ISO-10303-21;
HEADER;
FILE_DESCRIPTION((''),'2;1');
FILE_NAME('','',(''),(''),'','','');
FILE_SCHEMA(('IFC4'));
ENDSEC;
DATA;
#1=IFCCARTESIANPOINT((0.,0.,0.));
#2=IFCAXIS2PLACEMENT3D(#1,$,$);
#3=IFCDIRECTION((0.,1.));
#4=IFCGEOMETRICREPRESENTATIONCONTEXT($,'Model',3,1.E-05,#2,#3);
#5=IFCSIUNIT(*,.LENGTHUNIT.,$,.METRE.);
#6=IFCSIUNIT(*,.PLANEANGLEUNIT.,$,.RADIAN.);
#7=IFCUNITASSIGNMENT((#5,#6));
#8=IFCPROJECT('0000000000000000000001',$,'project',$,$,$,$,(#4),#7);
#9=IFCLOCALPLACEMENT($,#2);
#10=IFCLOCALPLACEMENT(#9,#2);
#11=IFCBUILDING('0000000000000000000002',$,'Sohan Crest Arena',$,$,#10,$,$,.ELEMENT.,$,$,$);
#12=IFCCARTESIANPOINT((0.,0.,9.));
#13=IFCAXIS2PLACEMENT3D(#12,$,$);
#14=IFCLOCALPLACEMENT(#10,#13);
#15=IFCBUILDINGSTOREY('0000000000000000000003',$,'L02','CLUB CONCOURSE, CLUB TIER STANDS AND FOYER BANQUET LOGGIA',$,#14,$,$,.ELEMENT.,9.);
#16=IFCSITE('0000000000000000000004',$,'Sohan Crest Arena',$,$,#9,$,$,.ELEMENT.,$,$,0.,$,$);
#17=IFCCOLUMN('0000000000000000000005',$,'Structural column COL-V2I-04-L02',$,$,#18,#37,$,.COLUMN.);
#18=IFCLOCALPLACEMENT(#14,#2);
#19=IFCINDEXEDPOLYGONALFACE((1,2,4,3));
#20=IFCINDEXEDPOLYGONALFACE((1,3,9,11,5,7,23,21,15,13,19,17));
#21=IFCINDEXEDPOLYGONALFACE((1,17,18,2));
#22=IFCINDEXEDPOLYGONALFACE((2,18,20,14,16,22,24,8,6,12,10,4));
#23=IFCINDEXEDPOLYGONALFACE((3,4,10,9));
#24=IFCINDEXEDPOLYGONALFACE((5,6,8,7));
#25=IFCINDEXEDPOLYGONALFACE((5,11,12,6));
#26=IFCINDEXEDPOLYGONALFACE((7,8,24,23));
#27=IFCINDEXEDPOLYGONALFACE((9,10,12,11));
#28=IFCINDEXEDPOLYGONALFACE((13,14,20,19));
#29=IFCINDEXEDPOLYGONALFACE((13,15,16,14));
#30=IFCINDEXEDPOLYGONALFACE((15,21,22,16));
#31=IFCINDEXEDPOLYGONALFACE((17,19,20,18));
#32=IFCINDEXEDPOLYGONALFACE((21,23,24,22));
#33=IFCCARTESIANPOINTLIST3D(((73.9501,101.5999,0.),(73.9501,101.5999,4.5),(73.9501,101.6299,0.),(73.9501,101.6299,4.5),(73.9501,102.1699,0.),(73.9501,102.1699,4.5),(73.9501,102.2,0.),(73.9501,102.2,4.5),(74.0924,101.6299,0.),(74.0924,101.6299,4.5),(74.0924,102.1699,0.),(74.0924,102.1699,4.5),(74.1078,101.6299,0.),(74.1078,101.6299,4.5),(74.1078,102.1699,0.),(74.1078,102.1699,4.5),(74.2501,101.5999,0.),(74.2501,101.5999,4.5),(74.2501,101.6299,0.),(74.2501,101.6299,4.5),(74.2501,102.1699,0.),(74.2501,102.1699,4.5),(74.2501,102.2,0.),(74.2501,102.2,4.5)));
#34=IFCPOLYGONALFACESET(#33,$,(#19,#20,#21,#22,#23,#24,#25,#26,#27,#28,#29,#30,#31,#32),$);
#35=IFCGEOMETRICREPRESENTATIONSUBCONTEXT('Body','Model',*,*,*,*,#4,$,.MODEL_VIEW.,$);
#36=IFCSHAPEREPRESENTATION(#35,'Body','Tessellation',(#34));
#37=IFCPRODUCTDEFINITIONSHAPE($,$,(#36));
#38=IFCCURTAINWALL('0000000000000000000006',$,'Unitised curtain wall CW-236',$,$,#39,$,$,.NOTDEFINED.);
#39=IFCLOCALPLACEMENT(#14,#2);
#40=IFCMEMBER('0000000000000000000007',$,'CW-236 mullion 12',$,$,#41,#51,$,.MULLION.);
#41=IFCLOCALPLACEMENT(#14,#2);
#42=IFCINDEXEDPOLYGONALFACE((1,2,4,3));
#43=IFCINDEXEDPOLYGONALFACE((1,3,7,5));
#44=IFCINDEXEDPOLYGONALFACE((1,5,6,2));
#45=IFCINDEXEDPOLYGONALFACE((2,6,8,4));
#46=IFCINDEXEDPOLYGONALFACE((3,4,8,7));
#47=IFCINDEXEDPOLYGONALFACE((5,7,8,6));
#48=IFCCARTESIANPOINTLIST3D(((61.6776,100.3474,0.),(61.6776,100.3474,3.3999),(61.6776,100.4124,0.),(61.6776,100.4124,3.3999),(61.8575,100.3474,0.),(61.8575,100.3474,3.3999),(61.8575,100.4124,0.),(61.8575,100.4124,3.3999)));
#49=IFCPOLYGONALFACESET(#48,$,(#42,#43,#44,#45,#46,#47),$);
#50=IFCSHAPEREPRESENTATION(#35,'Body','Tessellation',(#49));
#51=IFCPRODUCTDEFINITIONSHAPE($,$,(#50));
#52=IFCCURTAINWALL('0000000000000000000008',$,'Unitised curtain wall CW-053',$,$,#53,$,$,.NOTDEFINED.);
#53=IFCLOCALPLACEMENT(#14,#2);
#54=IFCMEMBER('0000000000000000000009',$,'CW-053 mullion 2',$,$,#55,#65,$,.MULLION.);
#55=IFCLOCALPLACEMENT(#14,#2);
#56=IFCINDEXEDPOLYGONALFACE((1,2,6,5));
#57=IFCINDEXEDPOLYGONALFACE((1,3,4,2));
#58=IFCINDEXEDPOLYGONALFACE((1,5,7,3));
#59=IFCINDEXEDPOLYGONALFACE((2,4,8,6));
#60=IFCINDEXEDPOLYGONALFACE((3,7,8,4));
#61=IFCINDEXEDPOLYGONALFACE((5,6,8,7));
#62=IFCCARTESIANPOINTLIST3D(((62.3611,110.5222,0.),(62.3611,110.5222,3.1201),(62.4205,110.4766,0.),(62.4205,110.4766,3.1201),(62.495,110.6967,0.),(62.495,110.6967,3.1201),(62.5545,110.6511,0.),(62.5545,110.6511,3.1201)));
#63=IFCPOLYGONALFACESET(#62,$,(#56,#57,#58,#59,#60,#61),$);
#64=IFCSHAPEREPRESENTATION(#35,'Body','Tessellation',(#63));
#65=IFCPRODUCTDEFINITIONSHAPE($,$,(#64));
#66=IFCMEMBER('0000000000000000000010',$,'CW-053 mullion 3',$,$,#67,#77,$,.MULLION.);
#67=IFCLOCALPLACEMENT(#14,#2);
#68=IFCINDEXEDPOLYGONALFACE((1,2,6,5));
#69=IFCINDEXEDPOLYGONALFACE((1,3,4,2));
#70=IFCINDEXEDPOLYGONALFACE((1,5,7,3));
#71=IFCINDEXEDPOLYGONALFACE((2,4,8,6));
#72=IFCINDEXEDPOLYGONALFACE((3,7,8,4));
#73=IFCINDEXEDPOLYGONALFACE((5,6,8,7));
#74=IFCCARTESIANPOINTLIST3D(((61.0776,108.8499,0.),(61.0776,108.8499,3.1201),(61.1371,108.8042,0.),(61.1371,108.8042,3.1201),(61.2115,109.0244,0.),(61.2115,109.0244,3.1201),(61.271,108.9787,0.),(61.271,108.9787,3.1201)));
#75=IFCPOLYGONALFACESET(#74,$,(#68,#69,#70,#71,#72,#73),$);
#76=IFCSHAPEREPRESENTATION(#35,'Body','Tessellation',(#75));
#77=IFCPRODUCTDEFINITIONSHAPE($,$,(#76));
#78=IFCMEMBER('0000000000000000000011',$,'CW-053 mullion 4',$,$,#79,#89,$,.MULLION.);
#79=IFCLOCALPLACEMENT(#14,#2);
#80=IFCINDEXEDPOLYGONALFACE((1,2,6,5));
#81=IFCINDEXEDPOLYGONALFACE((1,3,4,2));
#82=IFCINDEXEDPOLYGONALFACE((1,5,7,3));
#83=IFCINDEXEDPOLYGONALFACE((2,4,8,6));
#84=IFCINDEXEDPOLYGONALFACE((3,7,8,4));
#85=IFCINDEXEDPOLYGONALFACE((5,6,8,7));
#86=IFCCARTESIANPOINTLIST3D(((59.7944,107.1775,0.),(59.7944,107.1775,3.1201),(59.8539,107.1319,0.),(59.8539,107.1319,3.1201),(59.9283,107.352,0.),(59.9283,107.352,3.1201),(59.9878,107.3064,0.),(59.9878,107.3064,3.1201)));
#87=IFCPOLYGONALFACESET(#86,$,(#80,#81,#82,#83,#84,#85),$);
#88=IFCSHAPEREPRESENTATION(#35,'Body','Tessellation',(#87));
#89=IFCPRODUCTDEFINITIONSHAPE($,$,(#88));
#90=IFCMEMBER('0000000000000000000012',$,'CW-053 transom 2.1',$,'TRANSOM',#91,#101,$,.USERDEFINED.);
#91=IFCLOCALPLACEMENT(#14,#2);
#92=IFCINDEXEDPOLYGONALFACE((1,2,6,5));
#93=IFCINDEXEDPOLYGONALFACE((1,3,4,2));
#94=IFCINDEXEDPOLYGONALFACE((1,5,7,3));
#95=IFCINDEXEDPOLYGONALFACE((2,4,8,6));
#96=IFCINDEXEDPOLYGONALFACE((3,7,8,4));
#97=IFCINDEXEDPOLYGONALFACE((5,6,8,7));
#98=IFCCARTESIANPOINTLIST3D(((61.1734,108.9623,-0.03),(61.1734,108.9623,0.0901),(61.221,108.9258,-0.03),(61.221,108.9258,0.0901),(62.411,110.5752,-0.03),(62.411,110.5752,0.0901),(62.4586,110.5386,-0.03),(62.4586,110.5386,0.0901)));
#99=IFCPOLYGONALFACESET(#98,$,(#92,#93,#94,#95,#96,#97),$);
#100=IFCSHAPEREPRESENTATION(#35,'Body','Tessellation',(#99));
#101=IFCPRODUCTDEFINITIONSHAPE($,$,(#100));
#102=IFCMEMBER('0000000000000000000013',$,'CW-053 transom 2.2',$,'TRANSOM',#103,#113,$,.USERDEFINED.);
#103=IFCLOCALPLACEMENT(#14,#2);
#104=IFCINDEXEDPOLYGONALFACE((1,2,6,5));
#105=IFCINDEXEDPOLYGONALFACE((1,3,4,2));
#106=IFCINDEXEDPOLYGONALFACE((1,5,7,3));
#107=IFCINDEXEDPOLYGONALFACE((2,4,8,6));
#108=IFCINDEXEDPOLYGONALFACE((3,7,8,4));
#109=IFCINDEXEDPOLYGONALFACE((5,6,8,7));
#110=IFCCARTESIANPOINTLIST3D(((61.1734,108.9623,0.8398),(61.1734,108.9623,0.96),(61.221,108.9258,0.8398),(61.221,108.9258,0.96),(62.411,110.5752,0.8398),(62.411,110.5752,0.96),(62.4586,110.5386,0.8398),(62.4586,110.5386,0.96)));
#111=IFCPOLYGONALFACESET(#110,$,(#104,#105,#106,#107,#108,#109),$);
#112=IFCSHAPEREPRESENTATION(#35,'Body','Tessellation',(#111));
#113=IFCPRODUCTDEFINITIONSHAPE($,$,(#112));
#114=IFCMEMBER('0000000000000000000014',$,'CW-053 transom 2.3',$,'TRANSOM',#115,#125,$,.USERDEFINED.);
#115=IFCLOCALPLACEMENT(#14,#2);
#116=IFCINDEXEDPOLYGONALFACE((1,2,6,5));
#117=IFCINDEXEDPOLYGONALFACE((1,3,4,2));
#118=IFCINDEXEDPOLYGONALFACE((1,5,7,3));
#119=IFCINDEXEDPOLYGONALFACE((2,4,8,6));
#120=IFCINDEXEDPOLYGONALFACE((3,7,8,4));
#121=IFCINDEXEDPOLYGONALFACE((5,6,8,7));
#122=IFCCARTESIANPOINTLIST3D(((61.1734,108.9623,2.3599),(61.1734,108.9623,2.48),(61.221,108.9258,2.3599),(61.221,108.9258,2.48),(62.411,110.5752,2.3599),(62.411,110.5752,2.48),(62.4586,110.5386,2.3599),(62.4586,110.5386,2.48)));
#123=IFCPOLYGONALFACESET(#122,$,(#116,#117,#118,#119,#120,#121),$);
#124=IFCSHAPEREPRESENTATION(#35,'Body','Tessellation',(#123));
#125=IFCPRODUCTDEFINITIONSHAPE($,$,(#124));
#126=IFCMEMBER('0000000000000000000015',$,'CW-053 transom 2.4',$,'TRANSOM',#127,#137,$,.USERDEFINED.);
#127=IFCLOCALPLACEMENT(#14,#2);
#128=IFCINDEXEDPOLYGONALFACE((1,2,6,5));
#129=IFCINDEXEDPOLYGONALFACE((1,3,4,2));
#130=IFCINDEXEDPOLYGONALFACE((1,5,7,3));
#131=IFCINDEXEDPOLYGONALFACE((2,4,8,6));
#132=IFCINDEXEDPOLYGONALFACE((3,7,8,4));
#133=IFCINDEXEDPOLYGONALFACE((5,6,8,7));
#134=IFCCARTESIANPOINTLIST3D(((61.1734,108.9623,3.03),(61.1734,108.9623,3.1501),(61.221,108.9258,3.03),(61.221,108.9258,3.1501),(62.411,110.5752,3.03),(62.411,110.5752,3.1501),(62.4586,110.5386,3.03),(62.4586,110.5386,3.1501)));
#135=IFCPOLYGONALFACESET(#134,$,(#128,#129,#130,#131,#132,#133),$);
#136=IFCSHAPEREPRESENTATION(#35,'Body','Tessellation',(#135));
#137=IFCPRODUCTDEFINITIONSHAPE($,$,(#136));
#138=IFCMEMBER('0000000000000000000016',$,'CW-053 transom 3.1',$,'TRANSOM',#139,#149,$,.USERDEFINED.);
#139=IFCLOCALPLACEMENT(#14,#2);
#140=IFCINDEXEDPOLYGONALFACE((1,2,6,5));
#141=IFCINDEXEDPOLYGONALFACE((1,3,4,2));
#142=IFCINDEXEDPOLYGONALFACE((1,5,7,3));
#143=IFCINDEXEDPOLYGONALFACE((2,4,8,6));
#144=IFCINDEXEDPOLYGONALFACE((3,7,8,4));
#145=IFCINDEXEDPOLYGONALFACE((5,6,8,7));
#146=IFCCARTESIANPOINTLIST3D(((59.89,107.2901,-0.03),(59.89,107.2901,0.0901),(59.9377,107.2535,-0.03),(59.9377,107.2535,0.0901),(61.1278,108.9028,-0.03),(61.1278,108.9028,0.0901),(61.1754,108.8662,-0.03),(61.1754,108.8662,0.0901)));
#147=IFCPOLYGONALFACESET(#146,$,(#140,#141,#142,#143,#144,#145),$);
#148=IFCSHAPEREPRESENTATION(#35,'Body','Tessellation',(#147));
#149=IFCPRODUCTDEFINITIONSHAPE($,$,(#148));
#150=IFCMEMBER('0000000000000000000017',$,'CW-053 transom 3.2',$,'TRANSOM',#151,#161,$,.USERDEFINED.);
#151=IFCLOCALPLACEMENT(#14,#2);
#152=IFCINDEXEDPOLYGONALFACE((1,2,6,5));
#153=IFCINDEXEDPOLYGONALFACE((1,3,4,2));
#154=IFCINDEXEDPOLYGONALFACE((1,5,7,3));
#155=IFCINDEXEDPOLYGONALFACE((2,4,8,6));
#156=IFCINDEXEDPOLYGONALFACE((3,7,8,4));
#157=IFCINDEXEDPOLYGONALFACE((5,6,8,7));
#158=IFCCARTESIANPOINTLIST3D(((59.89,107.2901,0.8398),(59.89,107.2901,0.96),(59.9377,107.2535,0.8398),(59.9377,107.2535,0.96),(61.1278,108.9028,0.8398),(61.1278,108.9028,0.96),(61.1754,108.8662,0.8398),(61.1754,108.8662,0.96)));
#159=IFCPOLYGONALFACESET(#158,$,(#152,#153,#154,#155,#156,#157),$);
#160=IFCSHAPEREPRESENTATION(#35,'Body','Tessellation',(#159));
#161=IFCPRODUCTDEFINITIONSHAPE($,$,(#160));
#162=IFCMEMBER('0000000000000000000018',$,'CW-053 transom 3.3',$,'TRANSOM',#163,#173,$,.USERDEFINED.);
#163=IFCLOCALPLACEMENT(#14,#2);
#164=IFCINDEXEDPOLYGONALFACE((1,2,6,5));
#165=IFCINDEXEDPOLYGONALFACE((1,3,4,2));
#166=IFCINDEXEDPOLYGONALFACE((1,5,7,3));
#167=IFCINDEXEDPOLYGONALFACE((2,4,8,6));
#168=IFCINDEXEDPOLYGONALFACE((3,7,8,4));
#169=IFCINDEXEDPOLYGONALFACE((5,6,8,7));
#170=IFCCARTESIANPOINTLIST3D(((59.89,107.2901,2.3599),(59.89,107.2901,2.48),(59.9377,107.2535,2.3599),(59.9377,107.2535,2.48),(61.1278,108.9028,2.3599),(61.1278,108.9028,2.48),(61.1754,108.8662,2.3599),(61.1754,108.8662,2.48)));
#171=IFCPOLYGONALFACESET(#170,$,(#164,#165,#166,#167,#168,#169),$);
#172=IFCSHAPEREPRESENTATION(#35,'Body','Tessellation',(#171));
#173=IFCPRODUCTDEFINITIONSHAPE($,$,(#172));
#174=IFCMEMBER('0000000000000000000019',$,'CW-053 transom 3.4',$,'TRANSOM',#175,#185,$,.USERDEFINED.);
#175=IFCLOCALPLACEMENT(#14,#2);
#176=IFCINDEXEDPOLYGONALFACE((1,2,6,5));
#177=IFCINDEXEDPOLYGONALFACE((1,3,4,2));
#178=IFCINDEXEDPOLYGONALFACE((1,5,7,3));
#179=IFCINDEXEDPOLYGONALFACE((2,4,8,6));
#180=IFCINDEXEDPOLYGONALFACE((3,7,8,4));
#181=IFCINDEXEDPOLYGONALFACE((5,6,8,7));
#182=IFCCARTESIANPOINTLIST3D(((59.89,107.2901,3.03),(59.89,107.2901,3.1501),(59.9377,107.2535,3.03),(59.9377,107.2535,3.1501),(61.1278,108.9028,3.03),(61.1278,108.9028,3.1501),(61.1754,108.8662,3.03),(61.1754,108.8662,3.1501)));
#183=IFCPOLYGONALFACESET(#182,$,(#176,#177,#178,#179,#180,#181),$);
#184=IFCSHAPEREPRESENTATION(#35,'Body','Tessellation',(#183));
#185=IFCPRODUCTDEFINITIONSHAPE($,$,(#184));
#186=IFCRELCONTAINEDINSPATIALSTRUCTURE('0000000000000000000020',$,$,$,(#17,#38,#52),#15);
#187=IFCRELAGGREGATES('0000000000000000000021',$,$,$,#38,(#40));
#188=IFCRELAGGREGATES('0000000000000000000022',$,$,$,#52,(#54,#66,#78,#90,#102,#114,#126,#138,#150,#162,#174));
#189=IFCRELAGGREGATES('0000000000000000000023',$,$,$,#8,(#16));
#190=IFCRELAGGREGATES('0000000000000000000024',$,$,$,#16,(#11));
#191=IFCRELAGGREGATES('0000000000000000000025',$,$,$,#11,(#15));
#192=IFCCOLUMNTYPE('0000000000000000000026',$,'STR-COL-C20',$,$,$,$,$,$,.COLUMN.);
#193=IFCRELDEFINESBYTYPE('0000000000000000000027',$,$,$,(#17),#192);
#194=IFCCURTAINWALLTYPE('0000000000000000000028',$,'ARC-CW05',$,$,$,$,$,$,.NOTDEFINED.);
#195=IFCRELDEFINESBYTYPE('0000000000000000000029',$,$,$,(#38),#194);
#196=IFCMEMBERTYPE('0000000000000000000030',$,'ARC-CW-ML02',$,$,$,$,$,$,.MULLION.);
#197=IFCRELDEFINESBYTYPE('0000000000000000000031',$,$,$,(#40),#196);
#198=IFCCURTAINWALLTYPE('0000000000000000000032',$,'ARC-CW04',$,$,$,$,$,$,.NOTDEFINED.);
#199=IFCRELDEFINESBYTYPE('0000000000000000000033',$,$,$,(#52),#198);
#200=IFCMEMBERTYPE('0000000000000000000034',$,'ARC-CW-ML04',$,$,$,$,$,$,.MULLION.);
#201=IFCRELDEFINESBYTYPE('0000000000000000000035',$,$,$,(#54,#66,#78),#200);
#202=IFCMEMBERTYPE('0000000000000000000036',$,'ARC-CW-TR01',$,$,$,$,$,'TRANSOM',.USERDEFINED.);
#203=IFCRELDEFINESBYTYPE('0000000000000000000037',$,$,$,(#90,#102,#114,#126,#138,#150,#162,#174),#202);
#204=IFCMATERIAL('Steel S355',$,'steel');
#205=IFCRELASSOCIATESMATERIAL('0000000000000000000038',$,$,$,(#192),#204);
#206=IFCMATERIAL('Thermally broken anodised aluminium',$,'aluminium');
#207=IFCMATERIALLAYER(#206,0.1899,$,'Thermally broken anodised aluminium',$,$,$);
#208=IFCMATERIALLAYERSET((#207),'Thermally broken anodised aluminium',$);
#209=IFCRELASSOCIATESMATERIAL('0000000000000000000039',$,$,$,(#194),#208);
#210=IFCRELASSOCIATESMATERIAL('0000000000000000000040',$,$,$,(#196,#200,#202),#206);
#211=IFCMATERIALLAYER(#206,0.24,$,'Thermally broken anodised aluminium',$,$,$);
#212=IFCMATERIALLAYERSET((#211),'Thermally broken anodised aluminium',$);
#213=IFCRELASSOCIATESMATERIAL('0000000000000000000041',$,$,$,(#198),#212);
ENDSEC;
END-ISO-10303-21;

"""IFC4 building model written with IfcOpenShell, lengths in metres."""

from ifc_helpers import new_model, si_unit, direction, frame, origin, origin_2d, place, context, subcontext, project, spatial, rectangle, i_section, extrude, material, layer, layer_set, material_profile, profile_set, type_object, element, aggregate, save


model = new_model("IFC4")

# Units and contexts
model_context = context("Model", 3, precision=1e-05, world=origin(), true_north=direction((0.0, 1.0)))
body_context = subcontext(model_context, "Body", "Model", "MODEL_VIEW")
ifc_project = project(units=[si_unit("LENGTHUNIT", "METRE"), si_unit("PLANEANGLEUNIT", "RADIAN")], contexts=[model_context])

# Site, building, storey
site_placement = place(None, origin())
site = spatial("IfcSite", under=ifc_project, at=site_placement, Name="Sohan Crest Arena", CompositionType="ELEMENT", RefElevation=0.0)
building_placement = place(site_placement, origin())
building = spatial("IfcBuilding", under=site, at=building_placement, Name="Sohan Crest Arena", CompositionType="ELEMENT")
storey_placement = place(building_placement, frame((0.0, 0.0, 9.0)))
storey = spatial("IfcBuildingStorey", under=building, at=storey_placement, Name="L02", Description="CLUB CONCOURSE, CLUB TIER STANDS AND FOYER BANQUET LOGGIA", CompositionType="ELEMENT", Elevation=9.0)

# Column
ifc_material_1 = material(Name="Steel S355", Category="steel")
ifc_material_profile_1 = material_profile(ifc_material_1, i_section(OverallWidth=0.3, OverallDepth=0.6001, WebThickness=0.0154, FlangeThickness=0.03, at=origin_2d()), Name="HEB 600")
ifc_profile_set_1 = profile_set([ifc_material_profile_1], Name="Steel S355")
column_type = type_object("IfcColumnType", Name="STR-COL-C20", PredefinedType="COLUMN", material=ifc_profile_set_1)
column_placement = place(storey_placement, frame((74.1001, 101.8999, 0.0), z_axis=(0.0, 0.0, 1.0), x_axis=(1.0, 0.0, 0.0)))
element("IfcColumn", 1, at=column_placement, inside=storey, type_object=column_type, Name="Structural column COL-V2I-04-L02", PredefinedType="COLUMN", context=body_context, shape_type="SweptSolid", body=[
    extrude(i_section(OverallWidth=0.3, OverallDepth=0.6001, WebThickness=0.0154, FlangeThickness=0.03, at=origin_2d()), origin(), (0.0, 0.0, 1.0), 4.5),
])

# Curtain wall, member
ifc_material_2 = material(Name="Thermally broken anodised aluminium", Category="aluminium")
ifc_layer_1 = layer(ifc_material_2, 0.1899, Name="Thermally broken anodised aluminium")
ifc_layer_set_1 = layer_set([ifc_layer_1], Name="Thermally broken anodised aluminium")
curtain_wall_type_1 = type_object("IfcCurtainWallType", Name="ARC-CW05", PredefinedType="NOTDEFINED", material=ifc_layer_set_1)
curtain_wall_1_placement = place(storey_placement, origin())
curtain_wall_1 = element("IfcCurtainWall", 2, at=curtain_wall_1_placement, inside=storey, type_object=curtain_wall_type_1, Name="Unitised curtain wall CW-236", PredefinedType="NOTDEFINED")
ifc_material_profile_2 = material_profile(ifc_material_2, rectangle(XDim=0.0649, YDim=0.1799, at=origin_2d()), Name="ALU-MULL 65x180")
ifc_profile_set_2 = profile_set([ifc_material_profile_2], Name="Thermally broken anodised aluminium")
member_type_1 = type_object("IfcMemberType", Name="ARC-CW-ML02", PredefinedType="MULLION", material=ifc_profile_set_2)
member_1_placement = place(storey_placement, frame((61.7676, 100.3799, 0.0), z_axis=(0.0, 0.0, 1.0), x_axis=(0.0, 1.0, 0.0)))
member_1 = element("IfcMember", 3, at=member_1_placement, type_object=member_type_1, Name="CW-236 mullion 12", PredefinedType="MULLION", context=body_context, shape_type="SweptSolid", body=[
    extrude(rectangle(XDim=0.0649, YDim=0.1799, at=origin_2d()), origin(), (0.0, 0.0, 1.0), 3.3999),
])

# Curtain wall, members
ifc_layer_2 = layer(ifc_material_2, 0.24, Name="Thermally broken anodised aluminium")
ifc_layer_set_2 = layer_set([ifc_layer_2], Name="Thermally broken anodised aluminium")
curtain_wall_type_2 = type_object("IfcCurtainWallType", Name="ARC-CW04", PredefinedType="NOTDEFINED", material=ifc_layer_set_2)
curtain_wall_2_placement = place(storey_placement, origin())
curtain_wall_2 = element("IfcCurtainWall", 4, at=curtain_wall_2_placement, inside=storey, type_object=curtain_wall_type_2, Name="Unitised curtain wall CW-053", PredefinedType="NOTDEFINED")
ifc_material_profile_3 = material_profile(ifc_material_2, rectangle(XDim=0.075, YDim=0.22, at=origin_2d()), Name="ALU-MULL 75x220")
ifc_profile_set_3 = profile_set([ifc_material_profile_3], Name="Thermally broken anodised aluminium")
member_type_2 = type_object("IfcMemberType", Name="ARC-CW-ML04", PredefinedType="MULLION", material=ifc_profile_set_3)
member_2_placement = place(storey_placement, frame((62.4578, 110.5867, 0.0), z_axis=(0.0, 0.0, 1.0), x_axis=(0.793329, -0.608793, 0.0)))
member_2 = element("IfcMember", 5, at=member_2_placement, type_object=member_type_2, Name="CW-053 mullion 2", PredefinedType="MULLION", context=body_context, shape_type="SweptSolid", body=[
    extrude(rectangle(XDim=0.075, YDim=0.22, at=origin_2d()), origin(), (0.0, 0.0, 1.0), 3.1201),
])
member_3_placement = place(storey_placement, frame((61.1743, 108.9143, 0.0), z_axis=(0.0, 0.0, 1.0), x_axis=(0.793329, -0.608793, 0.0)))
member_3 = element("IfcMember", 6, at=member_3_placement, type_object=member_type_2, Name="CW-053 mullion 3", PredefinedType="MULLION", context=body_context, shape_type="SweptSolid", body=[
    extrude(rectangle(XDim=0.075, YDim=0.22, at=origin_2d()), origin(), (0.0, 0.0, 1.0), 3.1201),
])
member_4_placement = place(storey_placement, frame((59.8911, 107.2419, 0.0), z_axis=(0.0, 0.0, 1.0), x_axis=(0.793329, -0.608793, 0.0)))
member_4 = element("IfcMember", 7, at=member_4_placement, type_object=member_type_2, Name="CW-053 mullion 4", PredefinedType="MULLION", context=body_context, shape_type="SweptSolid", body=[
    extrude(rectangle(XDim=0.075, YDim=0.22, at=origin_2d()), origin(), (0.0, 0.0, 1.0), 3.1201),
])
ifc_material_profile_4 = material_profile(ifc_material_2, rectangle(XDim=0.0601, YDim=0.1201, at=origin_2d()), Name="ALU-TRAN 60x120")
ifc_profile_set_4 = profile_set([ifc_material_profile_4], Name="Thermally broken anodised aluminium")
member_type_3 = type_object("IfcMemberType", Name="ARC-CW-TR01", ElementType="TRANSOM", PredefinedType="USERDEFINED", material=ifc_profile_set_4)
member_5_placement = place(storey_placement, frame((62.4348, 110.5569, 0.03), z_axis=(-0.608764, -0.793351, 0.0), x_axis=(0.793351, -0.608764, 0.0)))
member_5 = element("IfcMember", 8, at=member_5_placement, type_object=member_type_3, Name="CW-053 transom 2.1", ObjectType="TRANSOM", PredefinedType="USERDEFINED", context=body_context, shape_type="SweptSolid", body=[
    extrude(rectangle(XDim=0.0601, YDim=0.1201, at=origin_2d()), origin(), (0.0, 0.0, 1.0), 2.033),
])
member_6_placement = place(storey_placement, frame((62.4348, 110.5569, 0.8999), z_axis=(-0.608764, -0.793351, 0.0), x_axis=(0.793351, -0.608764, 0.0)))
member_6 = element("IfcMember", 9, at=member_6_placement, type_object=member_type_3, Name="CW-053 transom 2.2", ObjectType="TRANSOM", PredefinedType="USERDEFINED", context=body_context, shape_type="SweptSolid", body=[
    extrude(rectangle(XDim=0.0601, YDim=0.1201, at=origin_2d()), origin(), (0.0, 0.0, 1.0), 2.033),
])
member_7_placement = place(storey_placement, frame((62.4348, 110.5569, 2.4199), z_axis=(-0.608764, -0.793351, 0.0), x_axis=(0.793351, -0.608764, 0.0)))
member_7 = element("IfcMember", 10, at=member_7_placement, type_object=member_type_3, Name="CW-053 transom 2.3", ObjectType="TRANSOM", PredefinedType="USERDEFINED", context=body_context, shape_type="SweptSolid", body=[
    extrude(rectangle(XDim=0.0601, YDim=0.1201, at=origin_2d()), origin(), (0.0, 0.0, 1.0), 2.033),
])
member_8_placement = place(storey_placement, frame((62.4348, 110.5569, 3.0901), z_axis=(-0.608764, -0.793351, 0.0), x_axis=(0.793351, -0.608764, 0.0)))
member_8 = element("IfcMember", 11, at=member_8_placement, type_object=member_type_3, Name="CW-053 transom 2.4", ObjectType="TRANSOM", PredefinedType="USERDEFINED", context=body_context, shape_type="SweptSolid", body=[
    extrude(rectangle(XDim=0.0601, YDim=0.1201, at=origin_2d()), origin(), (0.0, 0.0, 1.0), 2.033),
])
member_9_placement = place(storey_placement, frame((61.1516, 108.8845, 0.03), z_axis=(-0.60884, -0.793293, 0.0), x_axis=(0.793293, -0.60884, 0.0)))
member_9 = element("IfcMember", 12, at=member_9_placement, type_object=member_type_3, Name="CW-053 transom 3.1", ObjectType="TRANSOM", PredefinedType="USERDEFINED", context=body_context, shape_type="SweptSolid", body=[
    extrude(rectangle(XDim=0.0601, YDim=0.1201, at=origin_2d()), origin(), (0.0, 0.0, 1.0), 2.033),
])
member_10_placement = place(storey_placement, frame((61.1516, 108.8845, 0.8999), z_axis=(-0.60884, -0.793293, 0.0), x_axis=(0.793293, -0.60884, 0.0)))
member_10 = element("IfcMember", 13, at=member_10_placement, type_object=member_type_3, Name="CW-053 transom 3.2", ObjectType="TRANSOM", PredefinedType="USERDEFINED", context=body_context, shape_type="SweptSolid", body=[
    extrude(rectangle(XDim=0.0601, YDim=0.1201, at=origin_2d()), origin(), (0.0, 0.0, 1.0), 2.033),
])
member_11_placement = place(storey_placement, frame((61.1516, 108.8845, 2.4199), z_axis=(-0.60884, -0.793293, 0.0), x_axis=(0.793293, -0.60884, 0.0)))
member_11 = element("IfcMember", 14, at=member_11_placement, type_object=member_type_3, Name="CW-053 transom 3.3", ObjectType="TRANSOM", PredefinedType="USERDEFINED", context=body_context, shape_type="SweptSolid", body=[
    extrude(rectangle(XDim=0.0601, YDim=0.1201, at=origin_2d()), origin(), (0.0, 0.0, 1.0), 2.033),
])
member_12_placement = place(storey_placement, frame((61.1516, 108.8845, 3.0901), z_axis=(-0.60884, -0.793293, 0.0), x_axis=(0.793293, -0.60884, 0.0)))
member_12 = element("IfcMember", 15, at=member_12_placement, type_object=member_type_3, Name="CW-053 transom 3.4", ObjectType="TRANSOM", PredefinedType="USERDEFINED", context=body_context, shape_type="SweptSolid", body=[
    extrude(rectangle(XDim=0.0601, YDim=0.1201, at=origin_2d()), origin(), (0.0, 0.0, 1.0), 2.033),
])

aggregate(curtain_wall_1, [member_1])
aggregate(curtain_wall_2, [member_2, member_3, member_4, member_5, member_6, member_7, member_8, member_9, member_10, member_11, member_12])

save(model, "model.ifc")
